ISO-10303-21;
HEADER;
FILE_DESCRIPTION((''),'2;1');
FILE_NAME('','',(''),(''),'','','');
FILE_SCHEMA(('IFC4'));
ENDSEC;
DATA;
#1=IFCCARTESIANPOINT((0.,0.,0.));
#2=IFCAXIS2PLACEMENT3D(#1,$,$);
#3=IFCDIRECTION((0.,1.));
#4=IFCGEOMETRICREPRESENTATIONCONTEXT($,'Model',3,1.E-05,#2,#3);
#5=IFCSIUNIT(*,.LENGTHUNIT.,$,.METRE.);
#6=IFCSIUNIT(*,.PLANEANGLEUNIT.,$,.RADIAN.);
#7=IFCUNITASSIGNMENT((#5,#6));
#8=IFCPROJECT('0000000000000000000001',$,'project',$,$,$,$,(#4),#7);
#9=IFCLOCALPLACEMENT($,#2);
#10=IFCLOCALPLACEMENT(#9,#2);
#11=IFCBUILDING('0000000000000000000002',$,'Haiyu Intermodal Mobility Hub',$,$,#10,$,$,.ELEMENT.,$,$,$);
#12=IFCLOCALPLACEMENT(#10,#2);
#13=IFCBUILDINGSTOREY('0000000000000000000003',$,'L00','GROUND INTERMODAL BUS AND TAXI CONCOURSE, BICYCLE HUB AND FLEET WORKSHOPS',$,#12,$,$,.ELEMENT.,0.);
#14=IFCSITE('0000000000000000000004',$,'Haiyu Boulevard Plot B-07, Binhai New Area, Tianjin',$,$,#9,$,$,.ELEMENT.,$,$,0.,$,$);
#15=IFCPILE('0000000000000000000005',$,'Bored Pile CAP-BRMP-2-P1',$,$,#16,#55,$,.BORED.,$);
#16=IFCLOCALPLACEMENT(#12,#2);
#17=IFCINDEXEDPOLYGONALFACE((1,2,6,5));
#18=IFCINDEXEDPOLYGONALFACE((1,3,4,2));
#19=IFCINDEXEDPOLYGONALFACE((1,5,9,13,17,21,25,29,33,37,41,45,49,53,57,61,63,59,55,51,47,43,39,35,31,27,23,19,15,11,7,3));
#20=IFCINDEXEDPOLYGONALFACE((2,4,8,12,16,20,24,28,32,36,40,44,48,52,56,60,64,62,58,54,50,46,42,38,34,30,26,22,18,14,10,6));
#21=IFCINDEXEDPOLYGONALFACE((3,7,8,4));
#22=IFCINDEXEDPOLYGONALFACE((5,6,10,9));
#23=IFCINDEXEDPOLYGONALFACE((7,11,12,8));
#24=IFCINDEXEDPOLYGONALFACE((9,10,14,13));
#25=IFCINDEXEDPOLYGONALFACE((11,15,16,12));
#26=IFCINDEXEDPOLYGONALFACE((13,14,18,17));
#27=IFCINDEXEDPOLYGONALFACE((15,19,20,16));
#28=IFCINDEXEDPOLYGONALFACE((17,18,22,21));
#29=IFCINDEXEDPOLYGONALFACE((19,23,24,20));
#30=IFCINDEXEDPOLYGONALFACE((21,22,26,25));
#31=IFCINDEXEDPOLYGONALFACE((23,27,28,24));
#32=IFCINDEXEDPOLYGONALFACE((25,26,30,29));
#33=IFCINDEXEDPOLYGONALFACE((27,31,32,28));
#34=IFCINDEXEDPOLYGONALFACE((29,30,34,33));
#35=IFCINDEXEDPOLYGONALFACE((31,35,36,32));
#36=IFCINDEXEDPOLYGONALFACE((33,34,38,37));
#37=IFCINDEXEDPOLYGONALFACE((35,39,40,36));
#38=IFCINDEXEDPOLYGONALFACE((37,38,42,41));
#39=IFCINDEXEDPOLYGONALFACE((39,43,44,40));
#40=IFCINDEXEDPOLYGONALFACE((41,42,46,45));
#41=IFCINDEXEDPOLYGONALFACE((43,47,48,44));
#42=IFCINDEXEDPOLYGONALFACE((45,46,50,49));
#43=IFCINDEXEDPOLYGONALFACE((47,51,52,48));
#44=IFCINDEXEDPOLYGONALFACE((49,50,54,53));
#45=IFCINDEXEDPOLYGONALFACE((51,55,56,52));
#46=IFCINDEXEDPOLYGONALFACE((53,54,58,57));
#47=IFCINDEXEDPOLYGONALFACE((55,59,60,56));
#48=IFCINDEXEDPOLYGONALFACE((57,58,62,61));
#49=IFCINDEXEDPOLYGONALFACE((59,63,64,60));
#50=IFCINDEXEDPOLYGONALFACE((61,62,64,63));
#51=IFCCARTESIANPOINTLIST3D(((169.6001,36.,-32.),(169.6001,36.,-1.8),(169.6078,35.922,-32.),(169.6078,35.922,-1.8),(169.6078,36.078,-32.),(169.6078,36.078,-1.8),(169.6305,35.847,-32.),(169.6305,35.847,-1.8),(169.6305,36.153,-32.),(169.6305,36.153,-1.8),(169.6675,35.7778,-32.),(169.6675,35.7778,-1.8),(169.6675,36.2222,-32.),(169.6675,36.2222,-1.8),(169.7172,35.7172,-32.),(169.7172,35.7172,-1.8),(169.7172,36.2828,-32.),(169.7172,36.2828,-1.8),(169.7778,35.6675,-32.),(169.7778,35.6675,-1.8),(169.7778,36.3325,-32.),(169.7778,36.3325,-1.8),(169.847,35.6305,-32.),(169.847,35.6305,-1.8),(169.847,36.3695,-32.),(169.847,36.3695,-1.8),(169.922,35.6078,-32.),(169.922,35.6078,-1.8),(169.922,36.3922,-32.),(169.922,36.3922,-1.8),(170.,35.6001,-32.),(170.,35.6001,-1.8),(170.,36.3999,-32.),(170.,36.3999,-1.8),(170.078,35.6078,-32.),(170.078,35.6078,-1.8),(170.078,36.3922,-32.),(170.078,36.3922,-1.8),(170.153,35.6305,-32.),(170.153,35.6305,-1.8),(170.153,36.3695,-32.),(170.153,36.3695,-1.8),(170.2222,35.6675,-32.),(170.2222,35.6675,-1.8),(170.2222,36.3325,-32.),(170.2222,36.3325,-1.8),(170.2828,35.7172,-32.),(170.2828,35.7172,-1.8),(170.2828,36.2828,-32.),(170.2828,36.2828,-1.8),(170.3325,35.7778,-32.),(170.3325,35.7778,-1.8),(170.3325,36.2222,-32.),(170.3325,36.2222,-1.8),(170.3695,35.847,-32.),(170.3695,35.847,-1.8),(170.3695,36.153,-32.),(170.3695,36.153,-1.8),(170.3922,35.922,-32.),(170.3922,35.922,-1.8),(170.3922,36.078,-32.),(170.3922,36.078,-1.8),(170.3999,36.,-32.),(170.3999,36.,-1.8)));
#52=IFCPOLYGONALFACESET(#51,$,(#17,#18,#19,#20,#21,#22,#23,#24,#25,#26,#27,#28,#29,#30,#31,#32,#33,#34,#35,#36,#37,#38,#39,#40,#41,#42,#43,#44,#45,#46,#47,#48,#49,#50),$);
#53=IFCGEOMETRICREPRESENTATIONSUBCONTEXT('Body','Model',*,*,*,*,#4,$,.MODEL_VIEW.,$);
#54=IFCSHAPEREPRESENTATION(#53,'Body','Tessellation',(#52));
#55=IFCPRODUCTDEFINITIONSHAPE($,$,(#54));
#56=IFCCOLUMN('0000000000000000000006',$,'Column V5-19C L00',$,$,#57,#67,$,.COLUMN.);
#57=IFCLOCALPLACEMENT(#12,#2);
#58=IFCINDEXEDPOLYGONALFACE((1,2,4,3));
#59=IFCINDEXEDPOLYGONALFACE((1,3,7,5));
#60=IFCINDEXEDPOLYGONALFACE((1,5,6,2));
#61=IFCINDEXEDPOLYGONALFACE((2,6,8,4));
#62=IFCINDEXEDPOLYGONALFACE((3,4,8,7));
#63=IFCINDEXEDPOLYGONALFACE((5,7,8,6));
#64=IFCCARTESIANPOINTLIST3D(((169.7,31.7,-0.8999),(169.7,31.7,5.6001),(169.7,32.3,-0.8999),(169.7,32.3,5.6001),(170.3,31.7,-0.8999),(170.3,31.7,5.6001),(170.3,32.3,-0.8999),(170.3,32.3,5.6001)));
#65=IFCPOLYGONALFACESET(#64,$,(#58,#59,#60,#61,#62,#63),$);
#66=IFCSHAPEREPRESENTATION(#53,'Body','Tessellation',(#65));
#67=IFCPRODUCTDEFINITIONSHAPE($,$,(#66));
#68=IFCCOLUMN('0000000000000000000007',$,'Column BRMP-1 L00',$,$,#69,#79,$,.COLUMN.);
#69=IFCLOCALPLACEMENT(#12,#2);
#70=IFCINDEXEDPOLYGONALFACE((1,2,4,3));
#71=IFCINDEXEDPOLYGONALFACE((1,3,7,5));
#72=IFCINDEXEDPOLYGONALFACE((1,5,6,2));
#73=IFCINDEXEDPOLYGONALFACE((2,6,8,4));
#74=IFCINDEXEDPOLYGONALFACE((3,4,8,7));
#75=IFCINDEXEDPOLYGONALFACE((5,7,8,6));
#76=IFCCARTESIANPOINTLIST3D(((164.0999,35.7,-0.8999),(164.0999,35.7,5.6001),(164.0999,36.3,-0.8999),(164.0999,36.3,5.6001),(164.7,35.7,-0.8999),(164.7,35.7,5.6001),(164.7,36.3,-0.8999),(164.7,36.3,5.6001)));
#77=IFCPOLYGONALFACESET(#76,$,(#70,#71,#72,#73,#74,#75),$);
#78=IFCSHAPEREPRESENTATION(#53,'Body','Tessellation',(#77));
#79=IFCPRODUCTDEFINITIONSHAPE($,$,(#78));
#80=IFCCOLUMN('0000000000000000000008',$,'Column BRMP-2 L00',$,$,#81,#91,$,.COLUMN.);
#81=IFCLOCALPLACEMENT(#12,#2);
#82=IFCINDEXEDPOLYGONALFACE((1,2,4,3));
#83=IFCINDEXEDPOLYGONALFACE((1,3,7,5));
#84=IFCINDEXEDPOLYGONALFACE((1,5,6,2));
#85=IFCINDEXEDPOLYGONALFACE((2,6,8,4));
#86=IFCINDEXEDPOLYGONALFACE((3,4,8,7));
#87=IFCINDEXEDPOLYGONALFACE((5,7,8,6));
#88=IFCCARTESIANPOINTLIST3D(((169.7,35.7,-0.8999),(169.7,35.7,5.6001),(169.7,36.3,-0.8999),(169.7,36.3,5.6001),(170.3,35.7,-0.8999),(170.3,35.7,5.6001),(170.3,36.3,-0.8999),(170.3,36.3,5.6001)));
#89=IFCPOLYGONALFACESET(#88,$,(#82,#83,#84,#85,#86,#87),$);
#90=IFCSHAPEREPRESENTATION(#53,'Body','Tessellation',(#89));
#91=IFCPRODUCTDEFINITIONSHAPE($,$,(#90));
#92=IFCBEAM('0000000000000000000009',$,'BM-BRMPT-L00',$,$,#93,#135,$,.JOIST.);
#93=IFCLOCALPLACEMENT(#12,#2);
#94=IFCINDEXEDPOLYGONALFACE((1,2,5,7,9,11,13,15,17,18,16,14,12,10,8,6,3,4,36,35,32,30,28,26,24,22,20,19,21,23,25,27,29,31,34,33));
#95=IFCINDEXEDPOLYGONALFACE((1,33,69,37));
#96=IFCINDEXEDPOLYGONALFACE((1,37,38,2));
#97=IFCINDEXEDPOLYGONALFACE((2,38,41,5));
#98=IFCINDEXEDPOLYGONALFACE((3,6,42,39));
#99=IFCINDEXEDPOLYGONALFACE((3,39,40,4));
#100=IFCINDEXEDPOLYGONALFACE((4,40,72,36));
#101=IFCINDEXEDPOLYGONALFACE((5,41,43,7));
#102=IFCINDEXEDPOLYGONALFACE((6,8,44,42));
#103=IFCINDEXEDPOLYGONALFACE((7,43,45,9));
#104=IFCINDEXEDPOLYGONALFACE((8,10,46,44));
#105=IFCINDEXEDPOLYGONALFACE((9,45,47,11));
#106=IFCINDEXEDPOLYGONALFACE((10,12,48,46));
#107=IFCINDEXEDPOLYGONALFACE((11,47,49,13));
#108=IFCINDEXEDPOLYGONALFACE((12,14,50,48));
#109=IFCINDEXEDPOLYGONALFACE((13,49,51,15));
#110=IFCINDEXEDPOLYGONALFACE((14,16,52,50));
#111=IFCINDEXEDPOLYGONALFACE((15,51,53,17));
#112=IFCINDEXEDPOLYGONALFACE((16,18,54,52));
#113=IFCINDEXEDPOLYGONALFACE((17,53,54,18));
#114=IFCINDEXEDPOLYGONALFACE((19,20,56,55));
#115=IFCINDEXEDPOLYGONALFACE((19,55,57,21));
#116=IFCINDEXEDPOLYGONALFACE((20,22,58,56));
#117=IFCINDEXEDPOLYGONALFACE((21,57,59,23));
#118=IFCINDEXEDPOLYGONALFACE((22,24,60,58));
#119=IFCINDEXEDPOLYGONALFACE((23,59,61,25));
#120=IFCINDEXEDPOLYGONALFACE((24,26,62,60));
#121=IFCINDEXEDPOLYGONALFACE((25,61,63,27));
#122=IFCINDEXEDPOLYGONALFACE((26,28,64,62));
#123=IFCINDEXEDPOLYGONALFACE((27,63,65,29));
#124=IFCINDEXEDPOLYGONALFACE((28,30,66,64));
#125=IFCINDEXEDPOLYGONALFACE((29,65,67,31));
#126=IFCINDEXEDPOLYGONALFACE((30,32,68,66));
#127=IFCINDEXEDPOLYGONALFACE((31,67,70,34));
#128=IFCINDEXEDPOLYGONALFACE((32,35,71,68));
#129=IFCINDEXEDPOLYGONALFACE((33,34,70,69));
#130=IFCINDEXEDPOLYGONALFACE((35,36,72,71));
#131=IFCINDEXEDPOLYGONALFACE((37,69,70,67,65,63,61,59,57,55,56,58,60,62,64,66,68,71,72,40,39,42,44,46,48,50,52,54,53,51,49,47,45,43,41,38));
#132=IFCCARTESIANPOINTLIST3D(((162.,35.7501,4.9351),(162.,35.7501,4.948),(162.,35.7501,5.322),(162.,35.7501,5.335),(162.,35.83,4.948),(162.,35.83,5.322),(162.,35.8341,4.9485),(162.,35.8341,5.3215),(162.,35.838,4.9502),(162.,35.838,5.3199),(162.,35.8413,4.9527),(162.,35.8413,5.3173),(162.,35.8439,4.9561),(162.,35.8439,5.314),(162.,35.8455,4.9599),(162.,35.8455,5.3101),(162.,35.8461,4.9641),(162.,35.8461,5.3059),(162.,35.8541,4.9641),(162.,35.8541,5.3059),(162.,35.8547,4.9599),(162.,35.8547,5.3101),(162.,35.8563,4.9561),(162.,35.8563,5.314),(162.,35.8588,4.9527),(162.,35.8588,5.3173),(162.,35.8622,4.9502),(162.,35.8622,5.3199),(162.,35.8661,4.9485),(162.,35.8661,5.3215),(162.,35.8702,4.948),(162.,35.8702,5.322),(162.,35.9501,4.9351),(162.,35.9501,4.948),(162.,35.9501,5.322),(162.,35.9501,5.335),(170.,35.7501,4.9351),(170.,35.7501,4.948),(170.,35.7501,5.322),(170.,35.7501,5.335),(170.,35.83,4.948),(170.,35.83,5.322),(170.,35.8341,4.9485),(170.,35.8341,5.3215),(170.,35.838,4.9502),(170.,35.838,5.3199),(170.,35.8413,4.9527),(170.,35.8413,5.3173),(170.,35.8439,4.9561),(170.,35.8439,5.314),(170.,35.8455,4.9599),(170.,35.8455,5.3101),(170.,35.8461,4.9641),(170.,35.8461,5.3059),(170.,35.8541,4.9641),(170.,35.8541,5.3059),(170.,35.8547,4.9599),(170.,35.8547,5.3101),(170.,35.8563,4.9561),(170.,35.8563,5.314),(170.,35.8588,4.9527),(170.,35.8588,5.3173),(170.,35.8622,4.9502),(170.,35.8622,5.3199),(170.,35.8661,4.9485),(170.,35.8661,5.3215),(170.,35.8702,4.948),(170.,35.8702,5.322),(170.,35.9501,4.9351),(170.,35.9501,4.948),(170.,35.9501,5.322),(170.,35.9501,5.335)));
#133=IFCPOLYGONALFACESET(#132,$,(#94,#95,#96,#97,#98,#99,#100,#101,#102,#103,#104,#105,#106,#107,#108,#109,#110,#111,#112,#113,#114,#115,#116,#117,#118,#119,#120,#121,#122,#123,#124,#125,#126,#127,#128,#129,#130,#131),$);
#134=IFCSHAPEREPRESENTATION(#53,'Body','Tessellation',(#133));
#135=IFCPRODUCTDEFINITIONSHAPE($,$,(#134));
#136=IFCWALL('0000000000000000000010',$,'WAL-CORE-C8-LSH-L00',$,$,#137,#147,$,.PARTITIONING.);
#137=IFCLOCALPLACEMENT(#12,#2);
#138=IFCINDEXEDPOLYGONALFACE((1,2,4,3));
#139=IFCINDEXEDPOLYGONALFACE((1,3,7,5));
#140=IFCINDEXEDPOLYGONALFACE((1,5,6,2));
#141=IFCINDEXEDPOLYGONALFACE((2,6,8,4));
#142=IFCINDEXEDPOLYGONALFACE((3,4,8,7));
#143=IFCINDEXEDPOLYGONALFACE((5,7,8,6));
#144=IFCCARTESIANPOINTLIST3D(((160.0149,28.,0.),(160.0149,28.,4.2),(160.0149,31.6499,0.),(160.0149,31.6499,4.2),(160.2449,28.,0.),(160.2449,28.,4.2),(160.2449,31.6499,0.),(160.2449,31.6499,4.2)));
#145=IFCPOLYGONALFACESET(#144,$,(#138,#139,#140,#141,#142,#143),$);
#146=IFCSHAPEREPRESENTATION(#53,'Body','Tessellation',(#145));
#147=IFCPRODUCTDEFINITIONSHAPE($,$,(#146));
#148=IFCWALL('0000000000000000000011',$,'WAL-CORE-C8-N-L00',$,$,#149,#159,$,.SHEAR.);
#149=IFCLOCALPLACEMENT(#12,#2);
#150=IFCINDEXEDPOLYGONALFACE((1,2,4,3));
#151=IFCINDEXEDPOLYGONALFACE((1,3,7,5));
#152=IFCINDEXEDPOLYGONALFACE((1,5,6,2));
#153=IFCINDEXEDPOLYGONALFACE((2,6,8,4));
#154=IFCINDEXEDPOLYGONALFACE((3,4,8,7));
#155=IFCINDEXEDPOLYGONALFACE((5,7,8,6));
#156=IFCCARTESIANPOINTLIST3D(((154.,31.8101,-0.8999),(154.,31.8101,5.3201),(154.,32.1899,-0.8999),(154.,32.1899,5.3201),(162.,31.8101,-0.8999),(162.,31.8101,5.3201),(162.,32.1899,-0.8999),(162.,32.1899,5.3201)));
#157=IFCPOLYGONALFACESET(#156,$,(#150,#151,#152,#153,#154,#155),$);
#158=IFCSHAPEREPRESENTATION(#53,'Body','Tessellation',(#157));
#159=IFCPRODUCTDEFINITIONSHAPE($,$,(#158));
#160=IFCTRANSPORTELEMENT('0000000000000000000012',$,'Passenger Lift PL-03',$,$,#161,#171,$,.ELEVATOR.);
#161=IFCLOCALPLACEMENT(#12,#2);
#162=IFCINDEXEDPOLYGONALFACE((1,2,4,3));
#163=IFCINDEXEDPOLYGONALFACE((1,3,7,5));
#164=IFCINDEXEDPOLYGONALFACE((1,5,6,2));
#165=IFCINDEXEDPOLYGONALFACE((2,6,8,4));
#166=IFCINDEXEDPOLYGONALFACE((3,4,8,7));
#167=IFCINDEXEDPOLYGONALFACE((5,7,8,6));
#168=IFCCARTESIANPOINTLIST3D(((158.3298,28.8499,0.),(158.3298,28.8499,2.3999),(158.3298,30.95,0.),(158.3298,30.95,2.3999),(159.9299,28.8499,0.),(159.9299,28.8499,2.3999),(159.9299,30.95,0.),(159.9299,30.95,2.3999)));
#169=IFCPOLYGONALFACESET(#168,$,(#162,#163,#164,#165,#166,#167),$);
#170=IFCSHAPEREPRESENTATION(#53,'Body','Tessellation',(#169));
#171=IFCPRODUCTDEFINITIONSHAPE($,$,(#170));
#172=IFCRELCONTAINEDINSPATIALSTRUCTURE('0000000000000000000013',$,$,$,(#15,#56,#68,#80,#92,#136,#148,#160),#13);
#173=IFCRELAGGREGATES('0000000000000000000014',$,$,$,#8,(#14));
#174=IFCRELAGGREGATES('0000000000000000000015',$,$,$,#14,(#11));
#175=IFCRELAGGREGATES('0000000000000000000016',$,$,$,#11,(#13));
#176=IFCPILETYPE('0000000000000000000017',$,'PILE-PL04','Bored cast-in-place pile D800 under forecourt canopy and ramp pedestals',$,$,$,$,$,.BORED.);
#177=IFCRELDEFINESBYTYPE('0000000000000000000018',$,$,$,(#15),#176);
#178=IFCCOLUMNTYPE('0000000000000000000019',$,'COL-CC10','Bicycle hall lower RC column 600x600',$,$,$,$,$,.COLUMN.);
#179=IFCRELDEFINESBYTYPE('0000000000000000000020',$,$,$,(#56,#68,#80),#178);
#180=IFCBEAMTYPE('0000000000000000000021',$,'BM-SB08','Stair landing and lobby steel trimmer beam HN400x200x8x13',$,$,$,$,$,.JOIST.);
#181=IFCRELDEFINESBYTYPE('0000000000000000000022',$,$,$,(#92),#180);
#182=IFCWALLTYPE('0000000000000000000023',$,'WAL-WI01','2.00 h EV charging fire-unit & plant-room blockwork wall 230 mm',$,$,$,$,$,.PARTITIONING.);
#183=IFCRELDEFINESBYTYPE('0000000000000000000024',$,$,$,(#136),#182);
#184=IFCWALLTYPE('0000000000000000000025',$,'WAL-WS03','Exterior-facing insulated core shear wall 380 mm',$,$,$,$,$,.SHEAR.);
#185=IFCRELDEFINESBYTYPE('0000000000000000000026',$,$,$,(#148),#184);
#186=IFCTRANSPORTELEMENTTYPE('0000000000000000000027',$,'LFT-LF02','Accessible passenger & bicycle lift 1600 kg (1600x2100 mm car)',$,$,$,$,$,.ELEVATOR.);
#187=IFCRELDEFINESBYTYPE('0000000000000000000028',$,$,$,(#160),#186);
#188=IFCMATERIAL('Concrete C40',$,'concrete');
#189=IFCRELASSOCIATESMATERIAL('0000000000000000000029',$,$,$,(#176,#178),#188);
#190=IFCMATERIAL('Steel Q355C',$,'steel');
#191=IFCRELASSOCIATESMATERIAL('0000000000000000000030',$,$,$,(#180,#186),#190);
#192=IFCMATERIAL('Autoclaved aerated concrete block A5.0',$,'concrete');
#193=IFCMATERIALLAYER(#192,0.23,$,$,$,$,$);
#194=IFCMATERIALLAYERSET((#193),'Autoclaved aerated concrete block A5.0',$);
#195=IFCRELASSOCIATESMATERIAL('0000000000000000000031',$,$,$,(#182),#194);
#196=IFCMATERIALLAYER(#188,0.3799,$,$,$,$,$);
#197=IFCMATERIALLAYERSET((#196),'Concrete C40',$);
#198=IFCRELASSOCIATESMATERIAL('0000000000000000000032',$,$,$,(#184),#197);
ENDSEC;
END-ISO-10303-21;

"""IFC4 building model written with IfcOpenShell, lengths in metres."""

from ifc_helpers import new_model, si_unit, direction, frame, frame_2d, origin, origin_2d, place, context, subcontext, project, spatial, rectangle, circle, i_section, extrude, material, layer, layer_set, material_profile, profile_set, type_object, element, save


model = new_model("IFC4")

# Units and contexts
model_context = context("Model", 3, precision=1e-05, world=origin(), true_north=direction((0.0, 1.0)))
body_context = subcontext(model_context, "Body", "Model", "MODEL_VIEW")
ifc_project = project(units=[si_unit("LENGTHUNIT", "METRE"), si_unit("PLANEANGLEUNIT", "RADIAN")], contexts=[model_context])

# Site, building, storey
site_placement = place(None, origin())
site = spatial("IfcSite", under=ifc_project, at=site_placement, Name="Haiyu Boulevard Plot B-07, Binhai New Area, Tianjin", CompositionType="ELEMENT", RefElevation=0.0)
building_placement = place(site_placement, origin())
building = spatial("IfcBuilding", under=site, at=building_placement, Name="Haiyu Intermodal Mobility Hub", CompositionType="ELEMENT")
storey_placement = place(building_placement, origin())
storey = spatial("IfcBuildingStorey", under=building, at=storey_placement, Name="L00", Description="GROUND INTERMODAL BUS AND TAXI CONCOURSE, BICYCLE HUB AND FLEET WORKSHOPS", CompositionType="ELEMENT", Elevation=0.0)

# Shared definitions
ifc_material_1 = material(Name="Concrete C40", Category="concrete")

# Pile
ifc_material_profile_1 = material_profile(ifc_material_1, circle(Radius=0.3999, at=origin_2d()), Name="PILE-D800")
ifc_profile_set_1 = profile_set([ifc_material_profile_1], Name="Concrete C40")
pile_type_1 = type_object("IfcPileType", Name="PILE-PL04", Description="Bored cast-in-place pile D800 under forecourt canopy and ramp pedestals", PredefinedType="BORED", material=ifc_profile_set_1)
for number, where, z_axis, x_axis, name in (
    (1, (170.0, 36.0, -1.8), (0.0, 0.0, -1.0), (1.0, 0.0, 0.0), "Bored Pile CAP-BRMP-2-P1"),
):
    element("IfcPile", number, at=place(storey_placement, frame(where, z_axis=z_axis, x_axis=x_axis)), inside=storey, type_object=pile_type_1, Name=name, PredefinedType="BORED", context=body_context, shape_type="SweptSolid", body=[
        extrude(circle(Radius=0.3999, at=origin_2d()), origin(), (0.0, 0.0, 1.0), 30.2),
    ])

# Columns
ifc_material_profile_2 = material_profile(ifc_material_1, rectangle(XDim=0.6001, YDim=0.6001, at=origin_2d()), Name="RC600x600")
ifc_profile_set_2 = profile_set([ifc_material_profile_2], Name="Concrete C40")
column_type = type_object("IfcColumnType", Name="COL-CC10", Description="Bicycle hall lower RC column 600x600", PredefinedType="COLUMN", material=ifc_profile_set_2)
for number, where, z_axis, x_axis, name in (
    (2, (170.0, 32.0, -0.8999), (0.0, 0.0, 1.0), (1.0, 0.0, 0.0), "Column V5-19C L00"),
    (3, (164.3999, 36.0, -0.8999), (0.0, 0.0, 1.0), (1.0, 0.0, 0.0), "Column BRMP-1 L00"),
    (4, (170.0, 36.0, -0.8999), (0.0, 0.0, 1.0), (1.0, 0.0, 0.0), "Column BRMP-2 L00"),
):
    element("IfcColumn", number, at=place(storey_placement, frame(where, z_axis=z_axis, x_axis=x_axis)), inside=storey, type_object=column_type, Name=name, PredefinedType="COLUMN", context=body_context, shape_type="SweptSolid", body=[
        extrude(rectangle(XDim=0.6001, YDim=0.6001, at=origin_2d()), origin(), (0.0, 0.0, 1.0), 6.5),
    ])

# Beam
ifc_material_2 = material(Name="Steel Q355C", Category="steel")
ifc_material_profile_3 = material_profile(ifc_material_2, i_section(OverallWidth=0.2, OverallDepth=0.3999, WebThickness=0.0081, FlangeThickness=0.0129, FilletRadius=0.0161, at=origin_2d()), Name="HN400x200x8x13")
ifc_profile_set_3 = profile_set([ifc_material_profile_3], Name="Steel Q355C")
beam_type = type_object("IfcBeamType", Name="BM-SB08", Description="Stair landing and lobby steel trimmer beam HN400x200x8x13", PredefinedType="JOIST", material=ifc_profile_set_3)
beam_placement = place(storey_placement, frame((162.0, 35.8501, 5.135), z_axis=(1.0, 0.0, 0.0), x_axis=(0.0, 1.0, 0.0)))
element("IfcBeam", 5, at=beam_placement, inside=storey, type_object=beam_type, Name="BM-BRMPT-L00", PredefinedType="JOIST", context=body_context, shape_type="SweptSolid", body=[
    extrude(i_section(OverallWidth=0.2, OverallDepth=0.3999, WebThickness=0.0081, FlangeThickness=0.0129, FilletRadius=0.0161, at=origin_2d()), origin(), (0.0, 0.0, 1.0), 8.0),
])

# Walls
ifc_material_3 = material(Name="Autoclaved aerated concrete block A5.0", Category="concrete")
ifc_layer_1 = layer(ifc_material_3, 0.23)
ifc_layer_set_1 = layer_set([ifc_layer_1], Name="Autoclaved aerated concrete block A5.0")
wall_type_1 = type_object("IfcWallType", Name="WAL-WI01", Description="2.00 h EV charging fire-unit & plant-room blockwork wall 230 mm", PredefinedType="PARTITIONING", material=ifc_layer_set_1)
wall_1_placement = place(storey_placement, frame((160.1299, 28.0, 0.0), z_axis=(0.0, 0.0, 1.0), x_axis=(0.0, 1.0, 0.0)))
element("IfcWall", 6, at=wall_1_placement, inside=storey, type_object=wall_type_1, Name="WAL-CORE-C8-LSH-L00", PredefinedType="PARTITIONING", context=body_context, shape_type="SweptSolid", body=[
    extrude(rectangle(XDim=3.6499, YDim=0.23, at=frame_2d((1.825, 0.0))), origin(), (0.0, 0.0, 1.0), 4.2),
])
ifc_layer_2 = layer(ifc_material_1, 0.3799)
ifc_layer_set_2 = layer_set([ifc_layer_2], Name="Concrete C40")
wall_type_2 = type_object("IfcWallType", Name="WAL-WS03", Description="Exterior-facing insulated core shear wall 380 mm", PredefinedType="SHEAR", material=ifc_layer_set_2)
wall_2_placement = place(storey_placement, frame((162.0, 32.0, -0.8999), z_axis=(0.0, 0.0, 1.0), x_axis=(-1.0, 0.0, 0.0)))
element("IfcWall", 7, at=wall_2_placement, inside=storey, type_object=wall_type_2, Name="WAL-CORE-C8-N-L00", PredefinedType="SHEAR", context=body_context, shape_type="SweptSolid", body=[
    extrude(rectangle(XDim=8.0, YDim=0.3799, at=frame_2d((4.0, 0.0))), origin(), (0.0, 0.0, 1.0), 6.22),
])

# Transport element
transport_element_type = type_object("IfcTransportElementType", Name="LFT-LF02", Description="Accessible passenger & bicycle lift 1600 kg (1600x2100 mm car)", PredefinedType="ELEVATOR", material=ifc_material_2)
transport_element_placement = place(storey_placement, frame((159.1299, 29.8999, 0.0), z_axis=(0.0, 0.0, 1.0), x_axis=(1.0, 0.0, 0.0)))
element("IfcTransportElement", 8, at=transport_element_placement, inside=storey, type_object=transport_element_type, Name="Passenger Lift PL-03", PredefinedType="ELEVATOR", context=body_context, shape_type="SweptSolid", body=[
    extrude(rectangle(XDim=1.6001, YDim=2.1001, at=origin_2d()), origin(), (0.0, 0.0, 1.0), 2.3999),
])

save(model, "model.ifc")
